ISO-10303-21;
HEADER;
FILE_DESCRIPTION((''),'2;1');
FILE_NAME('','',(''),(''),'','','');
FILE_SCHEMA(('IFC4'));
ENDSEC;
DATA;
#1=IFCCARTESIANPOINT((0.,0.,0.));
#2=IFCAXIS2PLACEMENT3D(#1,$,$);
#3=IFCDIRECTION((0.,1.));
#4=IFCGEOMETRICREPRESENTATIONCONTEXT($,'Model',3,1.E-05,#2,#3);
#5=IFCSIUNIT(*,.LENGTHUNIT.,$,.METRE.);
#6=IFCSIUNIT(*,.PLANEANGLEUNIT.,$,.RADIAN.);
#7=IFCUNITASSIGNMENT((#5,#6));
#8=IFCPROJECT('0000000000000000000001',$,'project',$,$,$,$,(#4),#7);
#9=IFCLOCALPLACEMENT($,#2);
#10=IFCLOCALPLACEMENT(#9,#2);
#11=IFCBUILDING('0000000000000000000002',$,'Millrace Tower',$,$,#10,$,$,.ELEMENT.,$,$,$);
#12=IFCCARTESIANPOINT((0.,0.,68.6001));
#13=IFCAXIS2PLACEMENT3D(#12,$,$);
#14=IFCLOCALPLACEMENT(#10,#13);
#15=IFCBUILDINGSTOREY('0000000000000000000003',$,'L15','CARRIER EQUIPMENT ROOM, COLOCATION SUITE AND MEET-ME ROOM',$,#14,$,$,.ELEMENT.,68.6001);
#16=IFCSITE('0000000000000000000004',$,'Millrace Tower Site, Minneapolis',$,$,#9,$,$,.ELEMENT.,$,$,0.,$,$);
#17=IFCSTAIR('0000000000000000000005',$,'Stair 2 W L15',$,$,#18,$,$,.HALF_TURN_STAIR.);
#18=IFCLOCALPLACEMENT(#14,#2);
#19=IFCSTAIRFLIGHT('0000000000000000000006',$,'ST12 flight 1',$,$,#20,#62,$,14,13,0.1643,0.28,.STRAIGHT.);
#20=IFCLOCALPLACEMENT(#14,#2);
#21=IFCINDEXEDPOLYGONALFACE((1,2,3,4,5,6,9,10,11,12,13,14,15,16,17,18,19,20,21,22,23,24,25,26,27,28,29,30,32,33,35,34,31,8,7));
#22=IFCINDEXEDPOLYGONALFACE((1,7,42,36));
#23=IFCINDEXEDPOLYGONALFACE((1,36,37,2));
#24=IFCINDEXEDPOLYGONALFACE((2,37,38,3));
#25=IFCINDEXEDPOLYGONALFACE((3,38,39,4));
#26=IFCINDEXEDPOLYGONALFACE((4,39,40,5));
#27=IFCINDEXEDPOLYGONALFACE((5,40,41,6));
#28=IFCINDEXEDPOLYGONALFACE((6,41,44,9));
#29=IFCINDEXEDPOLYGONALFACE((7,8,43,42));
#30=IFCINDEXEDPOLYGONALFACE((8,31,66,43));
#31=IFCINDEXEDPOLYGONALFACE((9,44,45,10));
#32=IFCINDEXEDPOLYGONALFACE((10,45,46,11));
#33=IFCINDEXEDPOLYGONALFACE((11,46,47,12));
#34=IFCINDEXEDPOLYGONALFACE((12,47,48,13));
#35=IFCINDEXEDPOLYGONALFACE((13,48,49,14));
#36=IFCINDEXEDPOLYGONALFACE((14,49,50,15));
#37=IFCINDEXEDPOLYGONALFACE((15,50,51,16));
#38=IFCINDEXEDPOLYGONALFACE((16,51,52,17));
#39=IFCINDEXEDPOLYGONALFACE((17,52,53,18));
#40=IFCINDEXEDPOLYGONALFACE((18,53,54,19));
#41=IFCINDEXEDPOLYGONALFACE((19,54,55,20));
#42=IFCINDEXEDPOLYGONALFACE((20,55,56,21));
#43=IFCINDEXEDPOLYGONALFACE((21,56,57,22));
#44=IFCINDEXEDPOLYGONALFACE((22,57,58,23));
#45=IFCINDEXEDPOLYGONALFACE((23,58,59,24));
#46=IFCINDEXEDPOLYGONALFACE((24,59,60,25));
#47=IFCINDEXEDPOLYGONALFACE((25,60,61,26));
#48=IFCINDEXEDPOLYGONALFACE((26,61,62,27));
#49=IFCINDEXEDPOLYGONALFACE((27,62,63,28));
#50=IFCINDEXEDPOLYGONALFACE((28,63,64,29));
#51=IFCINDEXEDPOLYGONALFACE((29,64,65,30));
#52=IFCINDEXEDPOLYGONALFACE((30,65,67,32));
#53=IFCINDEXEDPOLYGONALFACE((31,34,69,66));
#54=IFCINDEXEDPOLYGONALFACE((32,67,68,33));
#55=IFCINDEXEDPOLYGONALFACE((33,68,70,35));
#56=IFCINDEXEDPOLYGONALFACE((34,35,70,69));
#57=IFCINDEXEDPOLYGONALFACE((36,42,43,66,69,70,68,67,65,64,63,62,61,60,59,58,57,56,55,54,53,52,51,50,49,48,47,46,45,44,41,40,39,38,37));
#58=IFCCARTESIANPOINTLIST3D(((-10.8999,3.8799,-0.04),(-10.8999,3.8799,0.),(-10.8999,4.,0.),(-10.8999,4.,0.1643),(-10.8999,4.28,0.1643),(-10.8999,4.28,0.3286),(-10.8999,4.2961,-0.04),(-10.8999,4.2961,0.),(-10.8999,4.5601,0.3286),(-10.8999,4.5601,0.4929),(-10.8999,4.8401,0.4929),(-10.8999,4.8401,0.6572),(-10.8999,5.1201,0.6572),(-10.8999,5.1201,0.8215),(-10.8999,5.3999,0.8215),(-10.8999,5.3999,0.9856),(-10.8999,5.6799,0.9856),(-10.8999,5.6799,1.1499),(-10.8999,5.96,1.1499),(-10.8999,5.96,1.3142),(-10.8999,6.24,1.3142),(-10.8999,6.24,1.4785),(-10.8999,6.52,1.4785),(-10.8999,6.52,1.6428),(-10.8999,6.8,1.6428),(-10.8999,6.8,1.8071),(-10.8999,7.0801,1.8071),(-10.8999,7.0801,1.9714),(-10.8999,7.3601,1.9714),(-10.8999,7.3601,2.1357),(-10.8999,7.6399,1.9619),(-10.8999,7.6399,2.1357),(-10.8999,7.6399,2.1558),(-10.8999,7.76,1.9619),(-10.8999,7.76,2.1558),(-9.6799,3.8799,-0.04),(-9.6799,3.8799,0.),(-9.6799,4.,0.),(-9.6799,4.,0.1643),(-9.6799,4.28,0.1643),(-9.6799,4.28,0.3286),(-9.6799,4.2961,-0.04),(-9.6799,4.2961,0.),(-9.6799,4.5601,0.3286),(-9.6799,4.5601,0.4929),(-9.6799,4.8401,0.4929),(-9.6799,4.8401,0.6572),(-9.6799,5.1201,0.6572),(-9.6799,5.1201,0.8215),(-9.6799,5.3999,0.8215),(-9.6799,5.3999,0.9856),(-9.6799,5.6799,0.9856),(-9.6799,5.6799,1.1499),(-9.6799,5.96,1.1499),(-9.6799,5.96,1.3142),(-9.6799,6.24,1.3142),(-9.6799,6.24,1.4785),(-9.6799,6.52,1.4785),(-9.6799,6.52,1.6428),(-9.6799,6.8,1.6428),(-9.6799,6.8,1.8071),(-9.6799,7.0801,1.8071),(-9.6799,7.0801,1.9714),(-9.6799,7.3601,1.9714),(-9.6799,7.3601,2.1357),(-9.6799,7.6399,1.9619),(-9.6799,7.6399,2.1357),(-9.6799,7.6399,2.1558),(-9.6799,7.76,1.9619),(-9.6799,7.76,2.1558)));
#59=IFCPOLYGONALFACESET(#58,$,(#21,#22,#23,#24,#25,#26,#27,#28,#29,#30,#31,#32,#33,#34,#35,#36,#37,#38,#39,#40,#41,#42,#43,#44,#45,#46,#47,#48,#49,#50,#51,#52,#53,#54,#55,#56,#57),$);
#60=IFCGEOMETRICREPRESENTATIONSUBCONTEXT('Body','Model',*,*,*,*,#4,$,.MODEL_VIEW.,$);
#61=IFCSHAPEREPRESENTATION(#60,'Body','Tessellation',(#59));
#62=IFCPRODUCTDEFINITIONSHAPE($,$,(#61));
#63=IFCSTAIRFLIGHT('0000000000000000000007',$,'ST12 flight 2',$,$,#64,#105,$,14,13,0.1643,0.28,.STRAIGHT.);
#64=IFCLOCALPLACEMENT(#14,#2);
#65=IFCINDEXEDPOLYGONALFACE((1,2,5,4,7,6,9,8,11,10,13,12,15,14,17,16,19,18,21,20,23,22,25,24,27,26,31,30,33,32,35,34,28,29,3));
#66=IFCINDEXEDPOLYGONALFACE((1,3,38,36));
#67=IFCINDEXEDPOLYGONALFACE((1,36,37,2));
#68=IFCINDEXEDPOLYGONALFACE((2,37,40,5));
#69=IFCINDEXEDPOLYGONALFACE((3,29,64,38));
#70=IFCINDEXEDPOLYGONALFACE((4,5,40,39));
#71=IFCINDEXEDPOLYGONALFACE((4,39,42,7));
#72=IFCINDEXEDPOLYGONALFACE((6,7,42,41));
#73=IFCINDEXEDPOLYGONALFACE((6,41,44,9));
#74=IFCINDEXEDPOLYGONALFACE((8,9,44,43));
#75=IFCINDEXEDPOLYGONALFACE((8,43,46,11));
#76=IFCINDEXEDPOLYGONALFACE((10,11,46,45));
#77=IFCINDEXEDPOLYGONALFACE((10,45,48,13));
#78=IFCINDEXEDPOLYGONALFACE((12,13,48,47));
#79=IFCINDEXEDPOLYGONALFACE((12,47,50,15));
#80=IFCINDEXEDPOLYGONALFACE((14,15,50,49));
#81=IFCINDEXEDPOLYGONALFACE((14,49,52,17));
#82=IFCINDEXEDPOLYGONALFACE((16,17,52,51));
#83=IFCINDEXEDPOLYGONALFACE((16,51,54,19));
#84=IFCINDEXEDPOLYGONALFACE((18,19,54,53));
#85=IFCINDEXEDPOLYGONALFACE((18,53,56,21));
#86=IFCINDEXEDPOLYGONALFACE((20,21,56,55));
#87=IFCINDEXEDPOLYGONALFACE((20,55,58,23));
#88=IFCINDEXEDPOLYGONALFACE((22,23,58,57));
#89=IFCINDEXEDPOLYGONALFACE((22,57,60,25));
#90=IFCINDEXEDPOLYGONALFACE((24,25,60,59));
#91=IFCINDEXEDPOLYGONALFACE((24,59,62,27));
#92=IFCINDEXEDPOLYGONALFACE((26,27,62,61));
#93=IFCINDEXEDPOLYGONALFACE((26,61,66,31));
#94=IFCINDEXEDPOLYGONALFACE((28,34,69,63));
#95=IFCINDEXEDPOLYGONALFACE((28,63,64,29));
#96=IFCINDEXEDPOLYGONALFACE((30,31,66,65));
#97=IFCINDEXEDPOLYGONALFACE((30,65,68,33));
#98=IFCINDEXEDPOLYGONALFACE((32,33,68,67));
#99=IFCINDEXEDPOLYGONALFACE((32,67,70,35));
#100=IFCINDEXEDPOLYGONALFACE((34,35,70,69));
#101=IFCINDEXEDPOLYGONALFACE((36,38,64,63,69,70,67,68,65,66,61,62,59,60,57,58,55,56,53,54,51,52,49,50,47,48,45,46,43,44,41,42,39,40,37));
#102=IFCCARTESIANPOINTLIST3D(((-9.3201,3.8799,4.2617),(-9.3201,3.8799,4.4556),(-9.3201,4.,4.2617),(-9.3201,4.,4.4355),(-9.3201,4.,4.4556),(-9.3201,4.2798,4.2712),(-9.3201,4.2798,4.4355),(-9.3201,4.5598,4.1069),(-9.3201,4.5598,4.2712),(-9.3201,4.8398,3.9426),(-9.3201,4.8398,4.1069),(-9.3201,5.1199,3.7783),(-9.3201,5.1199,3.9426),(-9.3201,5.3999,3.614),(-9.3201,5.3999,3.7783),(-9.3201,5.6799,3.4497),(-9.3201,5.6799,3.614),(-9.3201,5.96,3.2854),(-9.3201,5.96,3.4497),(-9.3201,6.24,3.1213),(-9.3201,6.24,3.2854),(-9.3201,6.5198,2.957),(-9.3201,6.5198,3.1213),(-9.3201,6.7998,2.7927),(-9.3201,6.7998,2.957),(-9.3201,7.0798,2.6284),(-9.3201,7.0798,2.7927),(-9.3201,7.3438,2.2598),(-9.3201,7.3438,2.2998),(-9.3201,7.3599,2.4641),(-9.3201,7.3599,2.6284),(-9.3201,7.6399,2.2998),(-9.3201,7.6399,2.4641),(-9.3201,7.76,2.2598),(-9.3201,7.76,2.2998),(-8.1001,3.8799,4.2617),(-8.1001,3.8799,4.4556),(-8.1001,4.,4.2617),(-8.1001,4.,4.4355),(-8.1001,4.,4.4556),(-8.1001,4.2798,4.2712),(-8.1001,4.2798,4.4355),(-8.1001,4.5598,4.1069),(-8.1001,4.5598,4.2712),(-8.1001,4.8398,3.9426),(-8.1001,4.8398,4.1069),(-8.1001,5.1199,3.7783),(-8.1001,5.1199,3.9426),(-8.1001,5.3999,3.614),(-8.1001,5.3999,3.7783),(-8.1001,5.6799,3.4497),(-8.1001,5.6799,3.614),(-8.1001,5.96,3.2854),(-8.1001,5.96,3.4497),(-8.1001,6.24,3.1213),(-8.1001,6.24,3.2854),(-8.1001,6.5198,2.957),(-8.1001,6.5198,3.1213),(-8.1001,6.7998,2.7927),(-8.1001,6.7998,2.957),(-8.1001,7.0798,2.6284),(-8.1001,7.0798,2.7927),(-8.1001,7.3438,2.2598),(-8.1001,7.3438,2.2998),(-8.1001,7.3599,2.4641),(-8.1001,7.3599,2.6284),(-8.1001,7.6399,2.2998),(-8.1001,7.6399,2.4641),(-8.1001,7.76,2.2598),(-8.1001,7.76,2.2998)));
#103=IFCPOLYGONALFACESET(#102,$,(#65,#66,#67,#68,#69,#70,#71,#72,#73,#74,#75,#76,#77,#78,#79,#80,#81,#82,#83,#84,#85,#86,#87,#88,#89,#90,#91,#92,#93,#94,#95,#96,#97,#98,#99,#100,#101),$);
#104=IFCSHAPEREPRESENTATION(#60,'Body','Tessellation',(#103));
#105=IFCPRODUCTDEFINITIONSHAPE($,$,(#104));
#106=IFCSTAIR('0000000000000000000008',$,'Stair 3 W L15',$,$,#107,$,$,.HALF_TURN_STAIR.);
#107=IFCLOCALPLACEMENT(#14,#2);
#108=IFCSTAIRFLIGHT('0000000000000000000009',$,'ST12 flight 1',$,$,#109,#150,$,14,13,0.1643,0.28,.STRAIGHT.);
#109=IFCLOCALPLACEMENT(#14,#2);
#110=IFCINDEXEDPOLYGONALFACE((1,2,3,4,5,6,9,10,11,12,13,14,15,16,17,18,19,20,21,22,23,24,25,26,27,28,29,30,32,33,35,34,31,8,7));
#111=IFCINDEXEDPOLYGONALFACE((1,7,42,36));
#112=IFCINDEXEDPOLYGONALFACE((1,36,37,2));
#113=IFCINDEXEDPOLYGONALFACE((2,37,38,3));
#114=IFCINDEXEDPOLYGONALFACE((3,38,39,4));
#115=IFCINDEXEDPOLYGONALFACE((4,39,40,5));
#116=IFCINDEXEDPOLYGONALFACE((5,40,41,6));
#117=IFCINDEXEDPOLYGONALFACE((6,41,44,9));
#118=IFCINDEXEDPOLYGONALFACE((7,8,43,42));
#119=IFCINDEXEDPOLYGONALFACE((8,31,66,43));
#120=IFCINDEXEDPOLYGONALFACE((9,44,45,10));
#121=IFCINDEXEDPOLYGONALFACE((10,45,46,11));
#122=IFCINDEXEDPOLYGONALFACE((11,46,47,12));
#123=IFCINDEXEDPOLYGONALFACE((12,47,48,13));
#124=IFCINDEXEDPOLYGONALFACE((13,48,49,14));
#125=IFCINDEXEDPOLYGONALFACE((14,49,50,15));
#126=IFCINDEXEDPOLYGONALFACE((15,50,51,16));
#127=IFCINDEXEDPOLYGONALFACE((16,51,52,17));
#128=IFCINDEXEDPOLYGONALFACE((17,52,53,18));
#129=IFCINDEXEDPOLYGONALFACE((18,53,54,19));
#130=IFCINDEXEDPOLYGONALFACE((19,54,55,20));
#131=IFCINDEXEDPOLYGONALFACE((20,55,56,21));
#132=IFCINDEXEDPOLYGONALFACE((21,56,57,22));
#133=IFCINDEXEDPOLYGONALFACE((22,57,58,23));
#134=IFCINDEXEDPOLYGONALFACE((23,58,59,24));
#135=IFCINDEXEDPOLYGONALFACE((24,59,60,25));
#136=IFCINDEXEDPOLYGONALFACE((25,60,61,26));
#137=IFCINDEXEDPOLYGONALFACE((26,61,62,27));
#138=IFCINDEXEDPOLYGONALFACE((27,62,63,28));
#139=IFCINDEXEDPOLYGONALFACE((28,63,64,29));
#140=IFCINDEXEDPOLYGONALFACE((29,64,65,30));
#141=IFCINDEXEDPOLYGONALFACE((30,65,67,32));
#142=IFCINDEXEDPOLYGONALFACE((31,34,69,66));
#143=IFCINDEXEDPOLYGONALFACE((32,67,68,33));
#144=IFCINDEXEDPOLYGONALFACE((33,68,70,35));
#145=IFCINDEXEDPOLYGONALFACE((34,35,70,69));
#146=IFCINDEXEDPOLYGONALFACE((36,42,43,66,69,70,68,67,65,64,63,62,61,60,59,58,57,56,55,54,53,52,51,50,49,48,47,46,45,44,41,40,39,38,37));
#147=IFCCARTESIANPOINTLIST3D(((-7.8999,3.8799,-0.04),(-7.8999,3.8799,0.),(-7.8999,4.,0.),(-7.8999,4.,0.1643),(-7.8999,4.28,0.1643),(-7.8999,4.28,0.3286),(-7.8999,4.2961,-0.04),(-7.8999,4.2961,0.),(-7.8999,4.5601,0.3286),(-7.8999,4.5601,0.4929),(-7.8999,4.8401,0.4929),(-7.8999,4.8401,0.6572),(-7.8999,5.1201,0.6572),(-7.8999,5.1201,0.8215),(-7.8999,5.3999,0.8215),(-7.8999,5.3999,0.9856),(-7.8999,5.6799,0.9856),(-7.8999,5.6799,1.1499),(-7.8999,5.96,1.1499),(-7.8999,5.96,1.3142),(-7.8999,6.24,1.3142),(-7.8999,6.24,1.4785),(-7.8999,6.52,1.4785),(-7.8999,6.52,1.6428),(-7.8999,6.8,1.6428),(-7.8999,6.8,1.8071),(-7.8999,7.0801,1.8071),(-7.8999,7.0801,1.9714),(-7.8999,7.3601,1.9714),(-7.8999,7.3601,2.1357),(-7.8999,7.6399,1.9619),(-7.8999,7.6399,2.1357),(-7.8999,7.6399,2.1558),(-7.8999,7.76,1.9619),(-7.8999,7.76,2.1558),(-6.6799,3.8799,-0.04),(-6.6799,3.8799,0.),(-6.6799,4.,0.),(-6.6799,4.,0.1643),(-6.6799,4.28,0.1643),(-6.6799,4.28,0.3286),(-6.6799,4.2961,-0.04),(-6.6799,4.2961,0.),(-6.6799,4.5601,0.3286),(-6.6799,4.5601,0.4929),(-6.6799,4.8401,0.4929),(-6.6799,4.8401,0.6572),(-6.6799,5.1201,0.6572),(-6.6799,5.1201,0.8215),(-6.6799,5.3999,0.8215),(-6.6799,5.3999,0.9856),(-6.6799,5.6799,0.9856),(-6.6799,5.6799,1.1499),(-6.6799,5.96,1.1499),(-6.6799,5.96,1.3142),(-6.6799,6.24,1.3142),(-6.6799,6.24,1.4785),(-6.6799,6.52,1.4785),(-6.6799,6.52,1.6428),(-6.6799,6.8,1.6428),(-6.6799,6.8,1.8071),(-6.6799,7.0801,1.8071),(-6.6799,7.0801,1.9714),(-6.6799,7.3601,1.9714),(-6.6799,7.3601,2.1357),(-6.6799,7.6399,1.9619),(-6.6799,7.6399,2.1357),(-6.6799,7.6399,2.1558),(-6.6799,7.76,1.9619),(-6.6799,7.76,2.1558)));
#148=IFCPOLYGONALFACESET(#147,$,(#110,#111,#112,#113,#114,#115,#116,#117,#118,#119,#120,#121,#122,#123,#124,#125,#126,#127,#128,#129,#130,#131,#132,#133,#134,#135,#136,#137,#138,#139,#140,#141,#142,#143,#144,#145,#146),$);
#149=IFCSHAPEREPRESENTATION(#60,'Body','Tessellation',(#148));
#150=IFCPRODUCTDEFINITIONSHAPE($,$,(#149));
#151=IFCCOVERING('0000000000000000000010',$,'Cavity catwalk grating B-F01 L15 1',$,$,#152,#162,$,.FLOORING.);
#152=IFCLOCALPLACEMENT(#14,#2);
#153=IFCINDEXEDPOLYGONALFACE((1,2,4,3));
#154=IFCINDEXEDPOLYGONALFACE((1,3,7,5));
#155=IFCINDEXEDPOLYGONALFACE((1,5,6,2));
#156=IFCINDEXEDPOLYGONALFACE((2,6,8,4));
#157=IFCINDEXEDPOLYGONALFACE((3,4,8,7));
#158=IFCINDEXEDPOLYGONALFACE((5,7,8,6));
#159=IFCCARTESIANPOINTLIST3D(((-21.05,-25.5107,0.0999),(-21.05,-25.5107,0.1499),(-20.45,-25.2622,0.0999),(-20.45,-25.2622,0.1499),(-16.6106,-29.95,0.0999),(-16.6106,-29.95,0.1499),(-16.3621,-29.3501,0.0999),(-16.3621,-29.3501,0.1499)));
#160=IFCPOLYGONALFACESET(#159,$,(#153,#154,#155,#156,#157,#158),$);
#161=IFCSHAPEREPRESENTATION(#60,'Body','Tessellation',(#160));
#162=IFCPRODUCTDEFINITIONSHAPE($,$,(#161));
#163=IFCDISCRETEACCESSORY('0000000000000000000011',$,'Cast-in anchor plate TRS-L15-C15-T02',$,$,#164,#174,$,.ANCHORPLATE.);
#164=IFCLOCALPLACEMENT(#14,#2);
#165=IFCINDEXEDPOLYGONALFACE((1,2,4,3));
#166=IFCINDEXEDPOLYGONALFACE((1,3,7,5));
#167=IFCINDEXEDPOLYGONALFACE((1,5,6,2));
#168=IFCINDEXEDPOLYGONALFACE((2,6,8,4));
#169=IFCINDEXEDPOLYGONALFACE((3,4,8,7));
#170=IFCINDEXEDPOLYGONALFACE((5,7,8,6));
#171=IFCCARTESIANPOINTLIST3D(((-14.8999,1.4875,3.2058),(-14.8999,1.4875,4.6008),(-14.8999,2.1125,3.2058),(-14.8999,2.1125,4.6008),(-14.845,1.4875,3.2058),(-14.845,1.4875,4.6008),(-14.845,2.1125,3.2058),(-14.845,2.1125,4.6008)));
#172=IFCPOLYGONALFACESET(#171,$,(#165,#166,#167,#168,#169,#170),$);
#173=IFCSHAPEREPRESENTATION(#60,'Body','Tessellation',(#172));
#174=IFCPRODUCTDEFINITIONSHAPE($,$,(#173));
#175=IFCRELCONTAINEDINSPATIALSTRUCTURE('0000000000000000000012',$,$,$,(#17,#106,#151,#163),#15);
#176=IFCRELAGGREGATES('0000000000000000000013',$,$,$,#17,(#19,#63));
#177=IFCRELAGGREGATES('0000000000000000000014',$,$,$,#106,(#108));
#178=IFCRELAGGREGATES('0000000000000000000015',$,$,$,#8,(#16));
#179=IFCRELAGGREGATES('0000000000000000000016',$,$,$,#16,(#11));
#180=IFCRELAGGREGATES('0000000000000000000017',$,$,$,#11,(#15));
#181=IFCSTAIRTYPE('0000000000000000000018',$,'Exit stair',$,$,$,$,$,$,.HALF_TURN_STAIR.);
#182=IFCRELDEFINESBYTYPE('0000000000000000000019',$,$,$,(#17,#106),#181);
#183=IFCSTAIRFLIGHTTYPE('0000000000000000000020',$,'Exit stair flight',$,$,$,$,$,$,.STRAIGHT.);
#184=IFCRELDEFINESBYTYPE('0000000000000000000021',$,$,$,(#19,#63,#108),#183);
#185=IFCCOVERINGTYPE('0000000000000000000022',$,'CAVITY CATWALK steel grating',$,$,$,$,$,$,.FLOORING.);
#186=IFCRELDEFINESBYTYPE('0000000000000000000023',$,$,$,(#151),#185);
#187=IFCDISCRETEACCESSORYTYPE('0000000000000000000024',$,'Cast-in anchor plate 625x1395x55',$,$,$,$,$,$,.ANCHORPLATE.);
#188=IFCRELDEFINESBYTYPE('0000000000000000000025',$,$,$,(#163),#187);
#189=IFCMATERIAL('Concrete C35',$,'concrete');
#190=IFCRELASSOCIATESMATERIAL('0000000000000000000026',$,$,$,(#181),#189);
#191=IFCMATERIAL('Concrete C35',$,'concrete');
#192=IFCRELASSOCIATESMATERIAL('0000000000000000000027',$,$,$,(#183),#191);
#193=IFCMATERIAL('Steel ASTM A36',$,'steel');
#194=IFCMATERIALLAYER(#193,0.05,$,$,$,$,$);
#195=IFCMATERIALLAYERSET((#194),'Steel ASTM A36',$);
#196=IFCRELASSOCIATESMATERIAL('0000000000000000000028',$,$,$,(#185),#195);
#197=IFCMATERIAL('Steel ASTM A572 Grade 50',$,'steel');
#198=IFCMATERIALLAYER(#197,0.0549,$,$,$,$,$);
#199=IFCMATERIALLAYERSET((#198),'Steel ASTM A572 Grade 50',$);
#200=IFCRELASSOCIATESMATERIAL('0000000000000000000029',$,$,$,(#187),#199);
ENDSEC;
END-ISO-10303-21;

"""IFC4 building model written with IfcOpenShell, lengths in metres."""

from ifc_helpers import new_model, si_unit, direction, frame, origin, origin_2d, place, context, subcontext, project, spatial, polyline, rectangle, outline, extrude, material, layer, layer_set, type_object, element, aggregate, save


model = new_model("IFC4")

# Units and contexts
model_context = context("Model", 3, precision=1e-05, world=origin(), true_north=direction((0.0, 1.0)))
body_context = subcontext(model_context, "Body", "Model", "MODEL_VIEW")
ifc_project = project(units=[si_unit("LENGTHUNIT", "METRE"), si_unit("PLANEANGLEUNIT", "RADIAN")], contexts=[model_context])

# Site, building, storey
site_placement = place(None, origin())
site = spatial("IfcSite", under=ifc_project, at=site_placement, Name="Millrace Tower Site, Minneapolis", CompositionType="ELEMENT", RefElevation=0.0)
building_placement = place(site_placement, origin())
building = spatial("IfcBuilding", under=site, at=building_placement, Name="Millrace Tower", CompositionType="ELEMENT")
storey_placement = place(building_placement, frame((0.0, 0.0, 68.6001)))
storey = spatial("IfcBuildingStorey", under=building, at=storey_placement, Name="L15", Description="CARRIER EQUIPMENT ROOM, COLOCATION SUITE AND MEET-ME ROOM", CompositionType="ELEMENT", Elevation=68.6001)

# Shared definitions
placement_1 = place(storey_placement, origin())

# Stair, stair flights
ifc_material_1 = material(Name="Concrete C35", Category="concrete")
stair_type = type_object("IfcStairType", Name="Exit stair", PredefinedType="HALF_TURN_STAIR", material=ifc_material_1)
ifc_material_2 = material(Name="Concrete C35", Category="concrete")
stair_flight_type = type_object("IfcStairFlightType", Name="Exit stair flight", PredefinedType="STRAIGHT", material=ifc_material_2)
stair_1 = element("IfcStair", 1, at=placement_1, inside=storey, type_object=stair_type, Name="Stair 2 W L15", PredefinedType="HALF_TURN_STAIR")
stair_flight_1_placement = place(storey_placement, frame((-10.29, 4.0, 0.0), z_axis=(0.0, 0.0, 1.0), x_axis=(0.0, 1.0, 0.0)))
stair_flight_1 = element("IfcStairFlight", 2, at=stair_flight_1_placement, type_object=stair_flight_type, Name="ST12 flight 1", NumberOfRisers=14, NumberOfTreads=13, PredefinedType="STRAIGHT", RiserHeight=0.1643, TreadLength=0.28, context=body_context, shape_type="SweptSolid", body=[
    extrude(outline(polyline([(-0.1201, -0.04), (-0.1201, 0.0), (0.0, 0.0), (0.0, 0.1643), (0.28, 0.1643), (0.28, 0.3286), (0.5601, 0.3286), (0.5601, 0.4929), (0.8401, 0.4929), (0.8401, 0.6572), (1.1201, 0.6572), (1.1201, 0.8215), (1.3999, 0.8215), (1.3999, 0.9856), (1.6799, 0.9856), (1.6799, 1.1499), (1.96, 1.1499), (1.96, 1.3142), (2.24, 1.3142), (2.24, 1.4785), (2.52, 1.4785), (2.52, 1.6428), (2.8, 1.6428), (2.8, 1.8071), (3.0801, 1.8071), (3.0801, 1.9714), (3.3601, 1.9714), (3.3601, 2.1357), (3.6399, 2.1357), (3.6399, 2.1558), (3.76, 2.1558), (3.76, 1.9619), (3.6399, 1.9619), (0.2961, 0.0), (0.2961, -0.04), (-0.1201, -0.04)])), frame((0.0, 0.6099, 0.0), z_axis=(0.0, -1.0, 0.0), x_axis=(1.0, 0.0, 0.0)), (0.0, 0.0, 1.0), 1.22),
])
stair_flight_2_placement = place(storey_placement, frame((-8.71, 7.6399, 2.2998), z_axis=(0.0, 0.0, 1.0), x_axis=(0.0, -1.0, 0.0)))
stair_flight_2 = element("IfcStairFlight", 3, at=stair_flight_2_placement, type_object=stair_flight_type, Name="ST12 flight 2", NumberOfRisers=14, NumberOfTreads=13, PredefinedType="STRAIGHT", RiserHeight=0.1643, TreadLength=0.28, context=body_context, shape_type="SweptSolid", body=[
    extrude(outline(polyline([(-0.1201, -0.04), (-0.1201, 0.0), (0.0, 0.0), (0.0, 0.1643), (0.28, 0.1643), (0.28, 0.3286), (0.5601, 0.3286), (0.5601, 0.4929), (0.8401, 0.4929), (0.8401, 0.6572), (1.1201, 0.6572), (1.1201, 0.8215), (1.3999, 0.8215), (1.3999, 0.9856), (1.6799, 0.9856), (1.6799, 1.1499), (1.96, 1.1499), (1.96, 1.3142), (2.24, 1.3142), (2.24, 1.4785), (2.52, 1.4785), (2.52, 1.6428), (2.8, 1.6428), (2.8, 1.8071), (3.0801, 1.8071), (3.0801, 1.9714), (3.3601, 1.9714), (3.3601, 2.1357), (3.6399, 2.1357), (3.6399, 2.1558), (3.76, 2.1558), (3.76, 1.9619), (3.6399, 1.9619), (0.2961, 0.0), (0.2961, -0.04), (-0.1201, -0.04)])), frame((0.0, 0.6099, 0.0), z_axis=(0.0, -1.0, 0.0), x_axis=(1.0, 0.0, 0.0)), (0.0, 0.0, 1.0), 1.22),
])
aggregate(stair_1, [stair_flight_1, stair_flight_2])

# Stair, stair flight
stair_2 = element("IfcStair", 4, at=placement_1, inside=storey, type_object=stair_type, Name="Stair 3 W L15", PredefinedType="HALF_TURN_STAIR")
stair_flight_3_placement = place(storey_placement, frame((-7.29, 4.0, 0.0), z_axis=(0.0, 0.0, 1.0), x_axis=(0.0, 1.0, 0.0)))
stair_flight_3 = element("IfcStairFlight", 5, at=stair_flight_3_placement, type_object=stair_flight_type, Name="ST12 flight 1", NumberOfRisers=14, NumberOfTreads=13, PredefinedType="STRAIGHT", RiserHeight=0.1643, TreadLength=0.28, context=body_context, shape_type="SweptSolid", body=[
    extrude(outline(polyline([(-0.1201, -0.04), (-0.1201, 0.0), (0.0, 0.0), (0.0, 0.1643), (0.28, 0.1643), (0.28, 0.3286), (0.5601, 0.3286), (0.5601, 0.4929), (0.8401, 0.4929), (0.8401, 0.6572), (1.1201, 0.6572), (1.1201, 0.8215), (1.3999, 0.8215), (1.3999, 0.9856), (1.6799, 0.9856), (1.6799, 1.1499), (1.96, 1.1499), (1.96, 1.3142), (2.24, 1.3142), (2.24, 1.4785), (2.52, 1.4785), (2.52, 1.6428), (2.8, 1.6428), (2.8, 1.8071), (3.0801, 1.8071), (3.0801, 1.9714), (3.3601, 1.9714), (3.3601, 2.1357), (3.6399, 2.1357), (3.6399, 2.1558), (3.76, 2.1558), (3.76, 1.9619), (3.6399, 1.9619), (0.2961, 0.0), (0.2961, -0.04), (-0.1201, -0.04)])), frame((0.0, 0.6099, 0.0), z_axis=(0.0, -1.0, 0.0), x_axis=(1.0, 0.0, 0.0)), (0.0, 0.0, 1.0), 1.22),
])
aggregate(stair_2, [stair_flight_3])

# Covering
ifc_material_3 = material(Name="Steel ASTM A36", Category="steel")
ifc_layer_1 = layer(ifc_material_3, 0.05)
ifc_layer_set_1 = layer_set([ifc_layer_1], Name="Steel ASTM A36")
covering_type = type_object("IfcCoveringType", Name="CAVITY CATWALK steel grating", PredefinedType="FLOORING", material=ifc_layer_set_1)
covering_placement = place(storey_placement, frame((0.0, 0.0, 0.0999)))
element("IfcCovering", 6, at=covering_placement, inside=storey, type_object=covering_type, Name="Cavity catwalk grating B-F01 L15 1", PredefinedType="FLOORING", context=body_context, shape_type="SweptSolid", body=[
    extrude(outline(polyline([(-21.05, -25.5107), (-16.6106, -29.95), (-16.3621, -29.3501), (-20.45, -25.2622), (-21.05, -25.5107)])), origin(), (0.0, 0.0, 1.0), 0.05),
])

# Discrete accessory
ifc_material_4 = material(Name="Steel ASTM A572 Grade 50", Category="steel")
ifc_layer_2 = layer(ifc_material_4, 0.0549)
ifc_layer_set_2 = layer_set([ifc_layer_2], Name="Steel ASTM A572 Grade 50")
discrete_accessory_type = type_object("IfcDiscreteAccessoryType", Name="Cast-in anchor plate 625x1395x55", PredefinedType="ANCHORPLATE", material=ifc_layer_set_2)
discrete_accessory_placement = place(storey_placement, frame((-14.845, 1.8, 3.9033), z_axis=(-1.0, 0.0, 0.0), x_axis=(0.0, -1.0, 0.0)))
element("IfcDiscreteAccessory", 7, at=discrete_accessory_placement, inside=storey, type_object=discrete_accessory_type, Name="Cast-in anchor plate TRS-L15-C15-T02", PredefinedType="ANCHORPLATE", context=body_context, shape_type="SweptSolid", body=[
    extrude(rectangle(XDim=0.625, YDim=1.395, at=origin_2d()), origin(), (0.0, 0.0, 1.0), 0.0549),
])

save(model, "model.ifc")
